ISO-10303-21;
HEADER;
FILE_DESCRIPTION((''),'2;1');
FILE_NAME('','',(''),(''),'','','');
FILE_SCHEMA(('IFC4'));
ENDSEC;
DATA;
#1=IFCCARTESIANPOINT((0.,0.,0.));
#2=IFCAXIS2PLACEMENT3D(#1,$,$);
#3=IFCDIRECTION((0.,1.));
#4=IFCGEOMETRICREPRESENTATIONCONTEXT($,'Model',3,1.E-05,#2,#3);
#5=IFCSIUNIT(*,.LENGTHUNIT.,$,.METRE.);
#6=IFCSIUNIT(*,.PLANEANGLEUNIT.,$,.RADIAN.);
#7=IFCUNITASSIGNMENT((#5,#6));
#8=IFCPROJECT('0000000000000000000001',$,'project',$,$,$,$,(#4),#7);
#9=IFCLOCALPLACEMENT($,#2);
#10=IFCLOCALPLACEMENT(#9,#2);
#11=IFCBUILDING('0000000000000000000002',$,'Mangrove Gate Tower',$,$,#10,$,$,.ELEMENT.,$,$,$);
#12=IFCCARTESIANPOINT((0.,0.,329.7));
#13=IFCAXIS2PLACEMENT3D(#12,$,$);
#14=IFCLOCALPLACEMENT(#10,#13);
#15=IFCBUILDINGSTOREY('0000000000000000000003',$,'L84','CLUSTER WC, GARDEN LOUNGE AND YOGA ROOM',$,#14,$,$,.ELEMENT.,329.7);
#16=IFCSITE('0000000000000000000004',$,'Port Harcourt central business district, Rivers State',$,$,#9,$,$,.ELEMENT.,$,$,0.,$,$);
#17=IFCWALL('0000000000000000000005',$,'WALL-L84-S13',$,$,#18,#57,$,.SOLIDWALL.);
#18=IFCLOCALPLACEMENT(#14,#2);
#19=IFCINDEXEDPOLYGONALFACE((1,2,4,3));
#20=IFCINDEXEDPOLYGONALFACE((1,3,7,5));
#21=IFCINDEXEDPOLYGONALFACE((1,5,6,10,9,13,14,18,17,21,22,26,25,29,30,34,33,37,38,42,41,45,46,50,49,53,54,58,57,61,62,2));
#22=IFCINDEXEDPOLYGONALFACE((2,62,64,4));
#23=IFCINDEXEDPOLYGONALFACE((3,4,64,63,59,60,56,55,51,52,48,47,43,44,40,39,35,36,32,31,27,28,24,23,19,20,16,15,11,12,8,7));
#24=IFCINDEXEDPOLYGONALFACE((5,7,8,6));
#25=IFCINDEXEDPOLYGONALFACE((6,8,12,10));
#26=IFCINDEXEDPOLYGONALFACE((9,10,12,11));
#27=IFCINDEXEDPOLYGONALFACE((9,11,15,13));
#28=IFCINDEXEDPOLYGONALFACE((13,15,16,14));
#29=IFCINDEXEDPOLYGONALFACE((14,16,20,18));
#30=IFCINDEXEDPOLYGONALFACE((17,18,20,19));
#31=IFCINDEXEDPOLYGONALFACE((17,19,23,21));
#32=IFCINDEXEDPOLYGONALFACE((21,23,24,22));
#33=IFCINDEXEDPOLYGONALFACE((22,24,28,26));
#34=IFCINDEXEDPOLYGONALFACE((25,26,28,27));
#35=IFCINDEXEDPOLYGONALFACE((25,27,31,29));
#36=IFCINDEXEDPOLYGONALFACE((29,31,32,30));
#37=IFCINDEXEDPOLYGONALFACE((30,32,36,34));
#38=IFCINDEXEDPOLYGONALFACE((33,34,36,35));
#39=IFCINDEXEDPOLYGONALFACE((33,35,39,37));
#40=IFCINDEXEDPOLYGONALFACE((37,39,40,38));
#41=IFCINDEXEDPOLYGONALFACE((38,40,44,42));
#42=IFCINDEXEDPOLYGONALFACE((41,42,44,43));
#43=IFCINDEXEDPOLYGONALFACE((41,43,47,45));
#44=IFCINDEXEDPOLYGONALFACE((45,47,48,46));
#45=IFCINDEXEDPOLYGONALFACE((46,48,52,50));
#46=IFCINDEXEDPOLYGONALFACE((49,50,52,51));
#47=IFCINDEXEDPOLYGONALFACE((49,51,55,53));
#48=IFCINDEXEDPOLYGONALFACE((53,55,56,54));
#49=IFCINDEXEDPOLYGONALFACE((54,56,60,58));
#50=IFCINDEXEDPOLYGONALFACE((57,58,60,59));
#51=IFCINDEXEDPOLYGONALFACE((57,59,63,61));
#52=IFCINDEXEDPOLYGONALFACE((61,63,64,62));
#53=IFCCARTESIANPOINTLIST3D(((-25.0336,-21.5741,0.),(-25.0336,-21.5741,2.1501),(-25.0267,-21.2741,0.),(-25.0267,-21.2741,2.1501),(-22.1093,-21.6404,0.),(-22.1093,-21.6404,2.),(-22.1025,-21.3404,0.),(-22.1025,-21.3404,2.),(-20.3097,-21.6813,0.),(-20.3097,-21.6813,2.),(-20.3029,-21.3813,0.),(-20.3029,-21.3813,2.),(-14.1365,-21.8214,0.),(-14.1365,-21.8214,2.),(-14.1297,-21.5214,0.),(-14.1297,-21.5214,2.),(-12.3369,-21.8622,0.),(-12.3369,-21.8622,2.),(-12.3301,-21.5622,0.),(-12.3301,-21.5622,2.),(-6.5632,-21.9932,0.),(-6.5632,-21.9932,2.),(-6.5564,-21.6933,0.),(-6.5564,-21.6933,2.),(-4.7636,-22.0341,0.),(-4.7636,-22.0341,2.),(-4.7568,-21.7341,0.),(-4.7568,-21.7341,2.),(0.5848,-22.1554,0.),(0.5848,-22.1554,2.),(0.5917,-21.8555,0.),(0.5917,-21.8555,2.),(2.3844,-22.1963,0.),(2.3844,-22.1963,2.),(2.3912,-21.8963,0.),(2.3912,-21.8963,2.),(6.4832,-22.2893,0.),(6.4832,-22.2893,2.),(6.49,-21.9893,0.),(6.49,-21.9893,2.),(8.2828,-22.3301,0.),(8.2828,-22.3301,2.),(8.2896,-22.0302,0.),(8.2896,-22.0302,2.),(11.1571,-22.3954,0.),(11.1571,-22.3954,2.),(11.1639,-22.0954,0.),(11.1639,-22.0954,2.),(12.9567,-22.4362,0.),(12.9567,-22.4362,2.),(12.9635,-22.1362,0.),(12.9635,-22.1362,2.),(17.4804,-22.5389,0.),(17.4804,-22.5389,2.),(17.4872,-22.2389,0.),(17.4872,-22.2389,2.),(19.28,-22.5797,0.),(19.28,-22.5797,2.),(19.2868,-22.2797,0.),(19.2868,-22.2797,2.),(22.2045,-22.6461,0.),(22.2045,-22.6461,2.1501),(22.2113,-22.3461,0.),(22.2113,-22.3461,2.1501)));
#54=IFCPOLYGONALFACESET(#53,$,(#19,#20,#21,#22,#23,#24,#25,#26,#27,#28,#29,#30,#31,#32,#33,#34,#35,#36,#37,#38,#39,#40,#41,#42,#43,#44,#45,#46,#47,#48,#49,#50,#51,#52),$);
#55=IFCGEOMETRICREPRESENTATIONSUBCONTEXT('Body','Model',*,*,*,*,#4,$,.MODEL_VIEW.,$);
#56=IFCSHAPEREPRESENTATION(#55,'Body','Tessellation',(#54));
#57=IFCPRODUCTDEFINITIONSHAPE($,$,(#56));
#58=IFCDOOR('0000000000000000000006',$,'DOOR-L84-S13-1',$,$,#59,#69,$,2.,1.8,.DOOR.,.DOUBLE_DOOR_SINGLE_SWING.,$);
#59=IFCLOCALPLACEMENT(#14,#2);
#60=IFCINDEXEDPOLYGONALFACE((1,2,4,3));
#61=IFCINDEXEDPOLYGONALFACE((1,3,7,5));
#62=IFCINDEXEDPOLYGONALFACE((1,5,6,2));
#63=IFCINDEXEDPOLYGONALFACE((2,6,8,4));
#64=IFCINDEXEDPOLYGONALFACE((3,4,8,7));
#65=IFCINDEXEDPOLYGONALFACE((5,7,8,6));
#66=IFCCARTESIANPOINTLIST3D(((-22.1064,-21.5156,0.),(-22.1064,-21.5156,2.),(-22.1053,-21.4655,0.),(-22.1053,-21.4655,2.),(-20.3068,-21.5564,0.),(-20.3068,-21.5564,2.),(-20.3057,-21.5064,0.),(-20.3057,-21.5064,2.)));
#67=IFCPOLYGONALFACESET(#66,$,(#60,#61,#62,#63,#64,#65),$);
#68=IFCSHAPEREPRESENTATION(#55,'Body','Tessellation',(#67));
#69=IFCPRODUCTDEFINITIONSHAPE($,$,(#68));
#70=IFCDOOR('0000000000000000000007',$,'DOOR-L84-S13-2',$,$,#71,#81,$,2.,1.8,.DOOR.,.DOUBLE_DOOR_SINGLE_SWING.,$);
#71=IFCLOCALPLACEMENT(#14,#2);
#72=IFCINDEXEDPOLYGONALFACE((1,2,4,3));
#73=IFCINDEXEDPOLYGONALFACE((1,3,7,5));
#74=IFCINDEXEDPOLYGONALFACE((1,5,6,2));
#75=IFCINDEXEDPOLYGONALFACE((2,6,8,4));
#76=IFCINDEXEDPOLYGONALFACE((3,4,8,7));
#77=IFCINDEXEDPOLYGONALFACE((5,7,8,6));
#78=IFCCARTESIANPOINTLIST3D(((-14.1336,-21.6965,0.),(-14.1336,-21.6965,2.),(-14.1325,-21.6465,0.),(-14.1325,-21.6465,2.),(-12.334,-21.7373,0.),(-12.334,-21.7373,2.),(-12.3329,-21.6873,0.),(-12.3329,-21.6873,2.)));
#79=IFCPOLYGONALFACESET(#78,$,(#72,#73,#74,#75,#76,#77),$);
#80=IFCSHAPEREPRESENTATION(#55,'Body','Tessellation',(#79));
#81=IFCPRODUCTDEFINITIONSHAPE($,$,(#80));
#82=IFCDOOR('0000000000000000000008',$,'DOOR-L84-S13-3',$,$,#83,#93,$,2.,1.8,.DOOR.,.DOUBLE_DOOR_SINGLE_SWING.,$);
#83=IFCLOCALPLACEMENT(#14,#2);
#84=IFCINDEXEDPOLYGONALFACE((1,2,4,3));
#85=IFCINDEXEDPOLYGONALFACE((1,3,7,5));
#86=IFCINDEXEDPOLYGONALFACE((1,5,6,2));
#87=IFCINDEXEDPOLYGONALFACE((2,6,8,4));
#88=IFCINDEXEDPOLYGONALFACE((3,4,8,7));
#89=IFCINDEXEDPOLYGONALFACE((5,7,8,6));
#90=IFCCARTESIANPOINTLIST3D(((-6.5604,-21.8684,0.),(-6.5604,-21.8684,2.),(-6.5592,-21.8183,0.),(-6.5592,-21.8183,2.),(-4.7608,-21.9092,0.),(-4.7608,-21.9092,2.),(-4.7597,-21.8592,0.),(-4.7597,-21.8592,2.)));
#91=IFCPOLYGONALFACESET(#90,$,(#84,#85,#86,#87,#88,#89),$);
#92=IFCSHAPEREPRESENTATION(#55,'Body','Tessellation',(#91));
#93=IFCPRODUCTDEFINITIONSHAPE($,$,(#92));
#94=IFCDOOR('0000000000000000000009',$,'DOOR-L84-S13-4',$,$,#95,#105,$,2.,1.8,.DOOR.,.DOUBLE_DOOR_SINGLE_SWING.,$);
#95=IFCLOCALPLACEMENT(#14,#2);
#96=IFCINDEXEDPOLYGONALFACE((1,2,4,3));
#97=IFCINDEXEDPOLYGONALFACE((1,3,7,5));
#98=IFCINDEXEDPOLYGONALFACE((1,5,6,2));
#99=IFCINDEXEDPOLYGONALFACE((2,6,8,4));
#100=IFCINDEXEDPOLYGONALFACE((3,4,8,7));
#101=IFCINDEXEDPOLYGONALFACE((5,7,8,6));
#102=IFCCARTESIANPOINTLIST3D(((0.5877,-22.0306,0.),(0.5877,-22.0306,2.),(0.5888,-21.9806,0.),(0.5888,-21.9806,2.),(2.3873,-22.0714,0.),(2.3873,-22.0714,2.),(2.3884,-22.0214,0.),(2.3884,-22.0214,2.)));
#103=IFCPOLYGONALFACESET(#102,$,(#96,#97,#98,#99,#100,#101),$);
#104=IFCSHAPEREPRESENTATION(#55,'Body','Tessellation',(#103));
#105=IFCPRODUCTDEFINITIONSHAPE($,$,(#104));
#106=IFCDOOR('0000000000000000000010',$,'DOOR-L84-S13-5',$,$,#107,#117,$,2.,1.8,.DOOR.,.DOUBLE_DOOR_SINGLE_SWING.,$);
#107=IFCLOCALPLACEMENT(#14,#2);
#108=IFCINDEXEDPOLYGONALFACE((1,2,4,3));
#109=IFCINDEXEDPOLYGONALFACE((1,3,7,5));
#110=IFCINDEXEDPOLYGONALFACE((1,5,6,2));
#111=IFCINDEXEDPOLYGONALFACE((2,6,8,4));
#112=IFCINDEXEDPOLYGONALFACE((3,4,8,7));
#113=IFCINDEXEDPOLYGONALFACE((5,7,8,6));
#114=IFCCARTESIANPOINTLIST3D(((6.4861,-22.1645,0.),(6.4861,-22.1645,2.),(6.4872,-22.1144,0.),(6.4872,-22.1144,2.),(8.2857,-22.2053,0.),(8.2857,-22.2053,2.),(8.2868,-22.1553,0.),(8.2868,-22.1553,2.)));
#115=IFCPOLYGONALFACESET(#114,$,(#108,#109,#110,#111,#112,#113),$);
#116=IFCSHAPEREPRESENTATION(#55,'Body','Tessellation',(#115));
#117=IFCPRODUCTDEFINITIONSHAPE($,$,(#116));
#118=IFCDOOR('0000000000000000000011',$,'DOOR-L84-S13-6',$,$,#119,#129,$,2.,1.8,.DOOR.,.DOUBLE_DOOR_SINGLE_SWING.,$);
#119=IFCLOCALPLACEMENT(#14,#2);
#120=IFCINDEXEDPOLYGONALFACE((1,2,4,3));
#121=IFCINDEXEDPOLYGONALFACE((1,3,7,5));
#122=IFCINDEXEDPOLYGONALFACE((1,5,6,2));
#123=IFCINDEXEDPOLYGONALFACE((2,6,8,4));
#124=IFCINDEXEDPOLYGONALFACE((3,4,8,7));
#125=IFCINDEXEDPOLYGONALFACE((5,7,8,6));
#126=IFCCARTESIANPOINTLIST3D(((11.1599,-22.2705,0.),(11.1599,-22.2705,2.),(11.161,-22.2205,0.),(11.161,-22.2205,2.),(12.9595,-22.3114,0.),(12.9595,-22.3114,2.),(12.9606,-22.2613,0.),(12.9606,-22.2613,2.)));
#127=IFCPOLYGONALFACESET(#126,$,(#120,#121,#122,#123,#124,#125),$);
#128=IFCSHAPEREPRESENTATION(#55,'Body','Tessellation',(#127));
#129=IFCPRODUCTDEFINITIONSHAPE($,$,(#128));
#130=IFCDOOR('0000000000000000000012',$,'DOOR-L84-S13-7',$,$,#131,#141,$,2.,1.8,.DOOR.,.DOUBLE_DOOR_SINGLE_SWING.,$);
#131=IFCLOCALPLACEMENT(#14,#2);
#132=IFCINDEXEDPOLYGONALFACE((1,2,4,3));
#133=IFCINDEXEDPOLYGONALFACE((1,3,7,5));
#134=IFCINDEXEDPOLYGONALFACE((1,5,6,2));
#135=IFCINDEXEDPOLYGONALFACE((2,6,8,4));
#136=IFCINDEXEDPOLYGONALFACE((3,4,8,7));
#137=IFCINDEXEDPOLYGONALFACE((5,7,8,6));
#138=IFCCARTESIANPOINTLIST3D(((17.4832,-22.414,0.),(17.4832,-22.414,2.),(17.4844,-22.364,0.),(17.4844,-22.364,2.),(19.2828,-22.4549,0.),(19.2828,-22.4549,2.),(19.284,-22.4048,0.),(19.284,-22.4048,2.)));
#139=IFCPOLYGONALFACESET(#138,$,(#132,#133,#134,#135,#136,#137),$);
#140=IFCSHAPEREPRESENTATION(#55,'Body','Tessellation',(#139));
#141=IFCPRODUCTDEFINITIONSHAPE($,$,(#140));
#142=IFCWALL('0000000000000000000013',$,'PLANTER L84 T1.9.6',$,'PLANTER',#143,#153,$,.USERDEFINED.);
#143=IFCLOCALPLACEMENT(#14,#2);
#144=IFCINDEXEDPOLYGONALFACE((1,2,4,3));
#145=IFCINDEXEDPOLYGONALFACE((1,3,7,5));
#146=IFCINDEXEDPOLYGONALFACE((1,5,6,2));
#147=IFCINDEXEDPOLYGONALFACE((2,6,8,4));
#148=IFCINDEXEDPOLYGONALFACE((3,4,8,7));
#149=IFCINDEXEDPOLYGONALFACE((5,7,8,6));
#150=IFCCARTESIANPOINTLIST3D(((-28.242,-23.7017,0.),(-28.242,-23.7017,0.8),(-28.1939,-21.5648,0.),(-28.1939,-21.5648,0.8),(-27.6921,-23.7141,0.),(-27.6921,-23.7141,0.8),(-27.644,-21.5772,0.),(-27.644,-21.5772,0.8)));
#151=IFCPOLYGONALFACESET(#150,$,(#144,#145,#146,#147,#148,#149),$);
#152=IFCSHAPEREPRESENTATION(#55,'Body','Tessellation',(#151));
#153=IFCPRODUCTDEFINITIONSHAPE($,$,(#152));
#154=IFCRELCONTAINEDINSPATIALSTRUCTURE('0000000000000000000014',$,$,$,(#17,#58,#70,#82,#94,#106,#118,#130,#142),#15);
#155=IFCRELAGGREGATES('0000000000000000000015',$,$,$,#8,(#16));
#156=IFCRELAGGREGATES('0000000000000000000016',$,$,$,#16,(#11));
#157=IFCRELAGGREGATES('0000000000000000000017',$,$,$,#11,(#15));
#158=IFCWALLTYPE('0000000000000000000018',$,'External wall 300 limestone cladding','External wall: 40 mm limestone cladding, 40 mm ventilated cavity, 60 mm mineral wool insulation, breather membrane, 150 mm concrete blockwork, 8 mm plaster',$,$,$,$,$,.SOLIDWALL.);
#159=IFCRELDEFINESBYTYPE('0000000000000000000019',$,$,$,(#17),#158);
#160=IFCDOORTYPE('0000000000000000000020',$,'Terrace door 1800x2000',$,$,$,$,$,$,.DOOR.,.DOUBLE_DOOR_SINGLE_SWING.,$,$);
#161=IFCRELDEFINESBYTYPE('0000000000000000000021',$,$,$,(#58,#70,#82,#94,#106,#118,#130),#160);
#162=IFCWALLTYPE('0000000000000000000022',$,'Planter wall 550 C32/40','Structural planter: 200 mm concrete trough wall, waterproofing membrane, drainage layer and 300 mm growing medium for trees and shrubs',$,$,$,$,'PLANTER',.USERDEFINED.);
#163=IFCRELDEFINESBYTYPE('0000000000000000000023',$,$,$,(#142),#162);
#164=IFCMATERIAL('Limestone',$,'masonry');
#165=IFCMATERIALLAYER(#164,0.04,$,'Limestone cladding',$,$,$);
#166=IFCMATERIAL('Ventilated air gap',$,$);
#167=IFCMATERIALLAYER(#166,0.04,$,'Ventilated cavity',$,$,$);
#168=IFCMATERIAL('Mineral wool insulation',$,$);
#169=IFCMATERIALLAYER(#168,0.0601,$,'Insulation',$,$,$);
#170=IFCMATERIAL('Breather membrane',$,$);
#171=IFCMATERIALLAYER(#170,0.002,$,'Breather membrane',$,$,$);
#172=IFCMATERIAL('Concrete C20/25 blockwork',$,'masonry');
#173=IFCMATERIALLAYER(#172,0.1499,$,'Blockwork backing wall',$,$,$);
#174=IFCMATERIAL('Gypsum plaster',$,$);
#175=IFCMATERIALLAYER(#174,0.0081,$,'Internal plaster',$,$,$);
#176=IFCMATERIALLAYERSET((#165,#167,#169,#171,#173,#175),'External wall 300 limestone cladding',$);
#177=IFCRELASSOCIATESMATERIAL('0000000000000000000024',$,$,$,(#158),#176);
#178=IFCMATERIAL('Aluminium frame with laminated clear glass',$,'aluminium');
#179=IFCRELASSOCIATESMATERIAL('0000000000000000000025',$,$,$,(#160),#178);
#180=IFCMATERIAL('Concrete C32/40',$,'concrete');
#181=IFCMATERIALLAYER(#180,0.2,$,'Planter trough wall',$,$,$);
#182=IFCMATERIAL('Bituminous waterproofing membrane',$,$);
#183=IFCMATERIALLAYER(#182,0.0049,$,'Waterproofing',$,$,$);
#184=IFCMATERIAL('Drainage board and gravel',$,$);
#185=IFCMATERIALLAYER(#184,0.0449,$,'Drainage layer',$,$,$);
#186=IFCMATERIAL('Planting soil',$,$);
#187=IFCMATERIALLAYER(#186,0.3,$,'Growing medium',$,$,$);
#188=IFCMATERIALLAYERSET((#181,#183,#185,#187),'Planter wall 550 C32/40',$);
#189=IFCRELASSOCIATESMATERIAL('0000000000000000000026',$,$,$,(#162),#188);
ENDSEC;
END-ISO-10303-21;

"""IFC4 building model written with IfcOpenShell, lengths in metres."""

from ifc_helpers import new_model, si_unit, direction, frame, frame_2d, origin, place, context, subcontext, project, spatial, rectangle, extrude, material, layer, layer_set, type_object, element, fill, save


model = new_model("IFC4")

# Units and contexts
model_context = context("Model", 3, precision=1e-05, world=origin(), true_north=direction((0.0, 1.0)))
body_context = subcontext(model_context, "Body", "Model", "MODEL_VIEW")
ifc_project = project(units=[si_unit("LENGTHUNIT", "METRE"), si_unit("PLANEANGLEUNIT", "RADIAN")], contexts=[model_context])

# Site, building, storey
site_placement = place(None, origin())
site = spatial("IfcSite", under=ifc_project, at=site_placement, Name="Port Harcourt central business district, Rivers State", CompositionType="ELEMENT", RefElevation=0.0)
building_placement = place(site_placement, origin())
building = spatial("IfcBuilding", under=site, at=building_placement, Name="Mangrove Gate Tower", CompositionType="ELEMENT")
storey_placement = place(building_placement, frame((0.0, 0.0, 329.7)))
storey = spatial("IfcBuildingStorey", under=building, at=storey_placement, Name="L84", Description="CLUSTER WC, GARDEN LOUNGE AND YOGA ROOM", CompositionType="ELEMENT", Elevation=329.7)

# Wall, openings, doors
ifc_material_1 = material(Name="Limestone", Category="masonry")
ifc_layer_1 = layer(ifc_material_1, 0.04, Name="Limestone cladding")
ifc_material_2 = material(Name="Ventilated air gap")
ifc_layer_2 = layer(ifc_material_2, 0.04, Name="Ventilated cavity")
ifc_material_3 = material(Name="Mineral wool insulation")
ifc_layer_3 = layer(ifc_material_3, 0.0601, Name="Insulation")
ifc_material_4 = material(Name="Breather membrane")
ifc_layer_4 = layer(ifc_material_4, 0.002, Name="Breather membrane")
ifc_material_5 = material(Name="Concrete C20/25 blockwork", Category="masonry")
ifc_layer_5 = layer(ifc_material_5, 0.1499, Name="Blockwork backing wall")
ifc_material_6 = material(Name="Gypsum plaster")
ifc_layer_6 = layer(ifc_material_6, 0.0081, Name="Internal plaster")
ifc_layer_set_1 = layer_set([ifc_layer_1, ifc_layer_2, ifc_layer_3, ifc_layer_4, ifc_layer_5, ifc_layer_6], Name="External wall 300 limestone cladding")
wall_type_1 = type_object("IfcWallType", Name="External wall 300 limestone cladding", Description="External wall: 40 mm limestone cladding, 40 mm ventilated cavity, 60 mm mineral wool insulation, breather membrane, 150 mm concrete blockwork, 8 mm plaster", PredefinedType="SOLIDWALL", material=ifc_layer_set_1)
wall_1_placement = place(storey_placement, frame((-25.03, -21.4241, 0.0), z_axis=(0.0, 0.0, 1.0), x_axis=(0.999743, -0.022688, 0.0)))
wall_1 = element("IfcWall", 1, at=wall_1_placement, inside=storey, type_object=wall_type_1, Name="WALL-L84-S13", PredefinedType="SOLIDWALL", context=body_context, shape_type="SweptSolid", body=[
    extrude(rectangle(XDim=47.2502, YDim=0.3, at=frame_2d((23.625, 0.0))), origin(), (0.0, 0.0, 1.0), 2.1501),
])
opening_1_placement = place(wall_1_placement, frame((2.925, 0.0, 0.0)))
opening_1 = element("IfcOpeningElement", 2, at=opening_1_placement, cuts=wall_1, PredefinedType="OPENING", context=body_context, shape_type="SweptSolid", body=[
    extrude(rectangle(XDim=1.8, YDim=2.0, at=frame_2d((0.8999, 1.0))), frame((0.0, 0.1599, 0.0), z_axis=(0.0, -1.0, 0.0), x_axis=(1.0, 0.0, 0.0)), (0.0, 0.0, 1.0), 0.3201),
])
opening_2_placement = place(wall_1_placement, frame((10.8999, 0.0, 0.0)))
opening_2 = element("IfcOpeningElement", 3, at=opening_2_placement, cuts=wall_1, PredefinedType="OPENING", context=body_context, shape_type="SweptSolid", body=[
    extrude(rectangle(XDim=1.8, YDim=2.0, at=frame_2d((0.8999, 1.0))), frame((0.0, 0.1599, 0.0), z_axis=(0.0, -1.0, 0.0), x_axis=(1.0, 0.0, 0.0)), (0.0, 0.0, 1.0), 0.3201),
])
opening_3_placement = place(wall_1_placement, frame((18.4751, 0.0, 0.0)))
opening_3 = element("IfcOpeningElement", 4, at=opening_3_placement, cuts=wall_1, PredefinedType="OPENING", context=body_context, shape_type="SweptSolid", body=[
    extrude(rectangle(XDim=1.8, YDim=2.0, at=frame_2d((0.8999, 1.0))), frame((0.0, 0.1599, 0.0), z_axis=(0.0, -1.0, 0.0), x_axis=(1.0, 0.0, 0.0)), (0.0, 0.0, 1.0), 0.3201),
])
opening_4_placement = place(wall_1_placement, frame((25.625, 0.0, 0.0)))
opening_4 = element("IfcOpeningElement", 5, at=opening_4_placement, cuts=wall_1, PredefinedType="OPENING", context=body_context, shape_type="SweptSolid", body=[
    extrude(rectangle(XDim=1.8, YDim=2.0, at=frame_2d((0.8999, 1.0))), frame((0.0, 0.1599, 0.0), z_axis=(0.0, -1.0, 0.0), x_axis=(1.0, 0.0, 0.0)), (0.0, 0.0, 1.0), 0.3201),
])
opening_5_placement = place(wall_1_placement, frame((31.5249, 0.0, 0.0)))
opening_5 = element("IfcOpeningElement", 6, at=opening_5_placement, cuts=wall_1, PredefinedType="OPENING", context=body_context, shape_type="SweptSolid", body=[
    extrude(rectangle(XDim=1.8, YDim=2.0, at=frame_2d((0.8999, 1.0))), frame((0.0, 0.1599, 0.0), z_axis=(0.0, -1.0, 0.0), x_axis=(1.0, 0.0, 0.0)), (0.0, 0.0, 1.0), 0.3201),
])
opening_6_placement = place(wall_1_placement, frame((36.2, 0.0, 0.0)))
opening_6 = element("IfcOpeningElement", 7, at=opening_6_placement, cuts=wall_1, PredefinedType="OPENING", context=body_context, shape_type="SweptSolid", body=[
    extrude(rectangle(XDim=1.8, YDim=2.0, at=frame_2d((0.8999, 1.0))), frame((0.0, 0.1599, 0.0), z_axis=(0.0, -1.0, 0.0), x_axis=(1.0, 0.0, 0.0)), (0.0, 0.0, 1.0), 0.3201),
])
opening_7_placement = place(wall_1_placement, frame((42.5249, 0.0, 0.0)))
opening_7 = element("IfcOpeningElement", 8, at=opening_7_placement, cuts=wall_1, PredefinedType="OPENING", context=body_context, shape_type="SweptSolid", body=[
    extrude(rectangle(XDim=1.8, YDim=2.0, at=frame_2d((0.8999, 1.0))), frame((0.0, 0.1599, 0.0), z_axis=(0.0, -1.0, 0.0), x_axis=(1.0, 0.0, 0.0)), (0.0, 0.0, 1.0), 0.3201),
])
ifc_material_7 = material(Name="Aluminium frame with laminated clear glass", Category="aluminium")
door_type = type_object("IfcDoorType", Name="Terrace door 1800x2000", OperationType="DOUBLE_DOOR_SINGLE_SWING", PredefinedType="DOOR", material=ifc_material_7)
door_1_placement = place(opening_1_placement, origin())
door_1 = element("IfcDoor", 9, at=door_1_placement, inside=storey, type_object=door_type, Name="DOOR-L84-S13-1", OperationType="DOUBLE_DOOR_SINGLE_SWING", OverallHeight=2.0, OverallWidth=1.8, PredefinedType="DOOR", context=body_context, shape_type="SweptSolid", body=[
    extrude(rectangle(XDim=1.8, YDim=2.0, at=frame_2d((0.8999, 1.0))), frame((0.0, 0.0249, 0.0), z_axis=(0.0, -1.0, 0.0), x_axis=(1.0, 0.0, 0.0)), (0.0, 0.0, 1.0), 0.05),
])
fill(opening_1, door_1)
door_2_placement = place(opening_2_placement, origin())
door_2 = element("IfcDoor", 10, at=door_2_placement, inside=storey, type_object=door_type, Name="DOOR-L84-S13-2", OperationType="DOUBLE_DOOR_SINGLE_SWING", OverallHeight=2.0, OverallWidth=1.8, PredefinedType="DOOR", context=body_context, shape_type="SweptSolid", body=[
    extrude(rectangle(XDim=1.8, YDim=2.0, at=frame_2d((0.8999, 1.0))), frame((0.0, 0.0249, 0.0), z_axis=(0.0, -1.0, 0.0), x_axis=(1.0, 0.0, 0.0)), (0.0, 0.0, 1.0), 0.05),
])
fill(opening_2, door_2)
door_3_placement = place(opening_3_placement, origin())
door_3 = element("IfcDoor", 11, at=door_3_placement, inside=storey, type_object=door_type, Name="DOOR-L84-S13-3", OperationType="DOUBLE_DOOR_SINGLE_SWING", OverallHeight=2.0, OverallWidth=1.8, PredefinedType="DOOR", context=body_context, shape_type="SweptSolid", body=[
    extrude(rectangle(XDim=1.8, YDim=2.0, at=frame_2d((0.8999, 1.0))), frame((0.0, 0.0249, 0.0), z_axis=(0.0, -1.0, 0.0), x_axis=(1.0, 0.0, 0.0)), (0.0, 0.0, 1.0), 0.05),
])
fill(opening_3, door_3)
door_4_placement = place(opening_4_placement, origin())
door_4 = element("IfcDoor", 12, at=door_4_placement, inside=storey, type_object=door_type, Name="DOOR-L84-S13-4", OperationType="DOUBLE_DOOR_SINGLE_SWING", OverallHeight=2.0, OverallWidth=1.8, PredefinedType="DOOR", context=body_context, shape_type="SweptSolid", body=[
    extrude(rectangle(XDim=1.8, YDim=2.0, at=frame_2d((0.8999, 1.0))), frame((0.0, 0.0249, 0.0), z_axis=(0.0, -1.0, 0.0), x_axis=(1.0, 0.0, 0.0)), (0.0, 0.0, 1.0), 0.05),
])
fill(opening_4, door_4)
door_5_placement = place(opening_5_placement, origin())
door_5 = element("IfcDoor", 13, at=door_5_placement, inside=storey, type_object=door_type, Name="DOOR-L84-S13-5", OperationType="DOUBLE_DOOR_SINGLE_SWING", OverallHeight=2.0, OverallWidth=1.8, PredefinedType="DOOR", context=body_context, shape_type="SweptSolid", body=[
    extrude(rectangle(XDim=1.8, YDim=2.0, at=frame_2d((0.8999, 1.0))), frame((0.0, 0.0249, 0.0), z_axis=(0.0, -1.0, 0.0), x_axis=(1.0, 0.0, 0.0)), (0.0, 0.0, 1.0), 0.05),
])
fill(opening_5, door_5)
door_6_placement = place(opening_6_placement, origin())
door_6 = element("IfcDoor", 14, at=door_6_placement, inside=storey, type_object=door_type, Name="DOOR-L84-S13-6", OperationType="DOUBLE_DOOR_SINGLE_SWING", OverallHeight=2.0, OverallWidth=1.8, PredefinedType="DOOR", context=body_context, shape_type="SweptSolid", body=[
    extrude(rectangle(XDim=1.8, YDim=2.0, at=frame_2d((0.8999, 1.0))), frame((0.0, 0.0249, 0.0), z_axis=(0.0, -1.0, 0.0), x_axis=(1.0, 0.0, 0.0)), (0.0, 0.0, 1.0), 0.05),
])
fill(opening_6, door_6)
door_7_placement = place(opening_7_placement, origin())
door_7 = element("IfcDoor", 15, at=door_7_placement, inside=storey, type_object=door_type, Name="DOOR-L84-S13-7", OperationType="DOUBLE_DOOR_SINGLE_SWING", OverallHeight=2.0, OverallWidth=1.8, PredefinedType="DOOR", context=body_context, shape_type="SweptSolid", body=[
    extrude(rectangle(XDim=1.8, YDim=2.0, at=frame_2d((0.8999, 1.0))), frame((0.0, 0.0249, 0.0), z_axis=(0.0, -1.0, 0.0), x_axis=(1.0, 0.0, 0.0)), (0.0, 0.0, 1.0), 0.05),
])
fill(opening_7, door_7)

# Wall
ifc_material_8 = material(Name="Concrete C32/40", Category="concrete")
ifc_layer_7 = layer(ifc_material_8, 0.2, Name="Planter trough wall")
ifc_material_9 = material(Name="Bituminous waterproofing membrane")
ifc_layer_8 = layer(ifc_material_9, 0.0049, Name="Waterproofing")
ifc_material_10 = material(Name="Drainage board and gravel")
ifc_layer_9 = layer(ifc_material_10, 0.0449, Name="Drainage layer")
ifc_material_11 = material(Name="Planting soil")
ifc_layer_10 = layer(ifc_material_11, 0.3, Name="Growing medium")
ifc_layer_set_2 = layer_set([ifc_layer_7, ifc_layer_8, ifc_layer_9, ifc_layer_10], Name="Planter wall 550 C32/40")
wall_type_2 = type_object("IfcWallType", Name="Planter wall 550 C32/40", Description="Structural planter: 200 mm concrete trough wall, waterproofing membrane, drainage layer and 300 mm growing medium for trees and shrubs", ElementType="PLANTER", PredefinedType="USERDEFINED", material=ifc_layer_set_2)
wall_2_placement = place(storey_placement, frame((-27.967, -23.708, 0.0), z_axis=(0.0, 0.0, 1.0), x_axis=(0.022501, 0.999747, 0.0)))
element("IfcWall", 16, at=wall_2_placement, inside=storey, type_object=wall_type_2, Name="PLANTER L84 T1.9.6", ObjectType="PLANTER", PredefinedType="USERDEFINED", context=body_context, shape_type="SweptSolid", body=[
    extrude(rectangle(XDim=2.1375, YDim=0.55, at=frame_2d((1.0688, 0.0))), origin(), (0.0, 0.0, 1.0), 0.8),
])

save(model, "model.ifc")
